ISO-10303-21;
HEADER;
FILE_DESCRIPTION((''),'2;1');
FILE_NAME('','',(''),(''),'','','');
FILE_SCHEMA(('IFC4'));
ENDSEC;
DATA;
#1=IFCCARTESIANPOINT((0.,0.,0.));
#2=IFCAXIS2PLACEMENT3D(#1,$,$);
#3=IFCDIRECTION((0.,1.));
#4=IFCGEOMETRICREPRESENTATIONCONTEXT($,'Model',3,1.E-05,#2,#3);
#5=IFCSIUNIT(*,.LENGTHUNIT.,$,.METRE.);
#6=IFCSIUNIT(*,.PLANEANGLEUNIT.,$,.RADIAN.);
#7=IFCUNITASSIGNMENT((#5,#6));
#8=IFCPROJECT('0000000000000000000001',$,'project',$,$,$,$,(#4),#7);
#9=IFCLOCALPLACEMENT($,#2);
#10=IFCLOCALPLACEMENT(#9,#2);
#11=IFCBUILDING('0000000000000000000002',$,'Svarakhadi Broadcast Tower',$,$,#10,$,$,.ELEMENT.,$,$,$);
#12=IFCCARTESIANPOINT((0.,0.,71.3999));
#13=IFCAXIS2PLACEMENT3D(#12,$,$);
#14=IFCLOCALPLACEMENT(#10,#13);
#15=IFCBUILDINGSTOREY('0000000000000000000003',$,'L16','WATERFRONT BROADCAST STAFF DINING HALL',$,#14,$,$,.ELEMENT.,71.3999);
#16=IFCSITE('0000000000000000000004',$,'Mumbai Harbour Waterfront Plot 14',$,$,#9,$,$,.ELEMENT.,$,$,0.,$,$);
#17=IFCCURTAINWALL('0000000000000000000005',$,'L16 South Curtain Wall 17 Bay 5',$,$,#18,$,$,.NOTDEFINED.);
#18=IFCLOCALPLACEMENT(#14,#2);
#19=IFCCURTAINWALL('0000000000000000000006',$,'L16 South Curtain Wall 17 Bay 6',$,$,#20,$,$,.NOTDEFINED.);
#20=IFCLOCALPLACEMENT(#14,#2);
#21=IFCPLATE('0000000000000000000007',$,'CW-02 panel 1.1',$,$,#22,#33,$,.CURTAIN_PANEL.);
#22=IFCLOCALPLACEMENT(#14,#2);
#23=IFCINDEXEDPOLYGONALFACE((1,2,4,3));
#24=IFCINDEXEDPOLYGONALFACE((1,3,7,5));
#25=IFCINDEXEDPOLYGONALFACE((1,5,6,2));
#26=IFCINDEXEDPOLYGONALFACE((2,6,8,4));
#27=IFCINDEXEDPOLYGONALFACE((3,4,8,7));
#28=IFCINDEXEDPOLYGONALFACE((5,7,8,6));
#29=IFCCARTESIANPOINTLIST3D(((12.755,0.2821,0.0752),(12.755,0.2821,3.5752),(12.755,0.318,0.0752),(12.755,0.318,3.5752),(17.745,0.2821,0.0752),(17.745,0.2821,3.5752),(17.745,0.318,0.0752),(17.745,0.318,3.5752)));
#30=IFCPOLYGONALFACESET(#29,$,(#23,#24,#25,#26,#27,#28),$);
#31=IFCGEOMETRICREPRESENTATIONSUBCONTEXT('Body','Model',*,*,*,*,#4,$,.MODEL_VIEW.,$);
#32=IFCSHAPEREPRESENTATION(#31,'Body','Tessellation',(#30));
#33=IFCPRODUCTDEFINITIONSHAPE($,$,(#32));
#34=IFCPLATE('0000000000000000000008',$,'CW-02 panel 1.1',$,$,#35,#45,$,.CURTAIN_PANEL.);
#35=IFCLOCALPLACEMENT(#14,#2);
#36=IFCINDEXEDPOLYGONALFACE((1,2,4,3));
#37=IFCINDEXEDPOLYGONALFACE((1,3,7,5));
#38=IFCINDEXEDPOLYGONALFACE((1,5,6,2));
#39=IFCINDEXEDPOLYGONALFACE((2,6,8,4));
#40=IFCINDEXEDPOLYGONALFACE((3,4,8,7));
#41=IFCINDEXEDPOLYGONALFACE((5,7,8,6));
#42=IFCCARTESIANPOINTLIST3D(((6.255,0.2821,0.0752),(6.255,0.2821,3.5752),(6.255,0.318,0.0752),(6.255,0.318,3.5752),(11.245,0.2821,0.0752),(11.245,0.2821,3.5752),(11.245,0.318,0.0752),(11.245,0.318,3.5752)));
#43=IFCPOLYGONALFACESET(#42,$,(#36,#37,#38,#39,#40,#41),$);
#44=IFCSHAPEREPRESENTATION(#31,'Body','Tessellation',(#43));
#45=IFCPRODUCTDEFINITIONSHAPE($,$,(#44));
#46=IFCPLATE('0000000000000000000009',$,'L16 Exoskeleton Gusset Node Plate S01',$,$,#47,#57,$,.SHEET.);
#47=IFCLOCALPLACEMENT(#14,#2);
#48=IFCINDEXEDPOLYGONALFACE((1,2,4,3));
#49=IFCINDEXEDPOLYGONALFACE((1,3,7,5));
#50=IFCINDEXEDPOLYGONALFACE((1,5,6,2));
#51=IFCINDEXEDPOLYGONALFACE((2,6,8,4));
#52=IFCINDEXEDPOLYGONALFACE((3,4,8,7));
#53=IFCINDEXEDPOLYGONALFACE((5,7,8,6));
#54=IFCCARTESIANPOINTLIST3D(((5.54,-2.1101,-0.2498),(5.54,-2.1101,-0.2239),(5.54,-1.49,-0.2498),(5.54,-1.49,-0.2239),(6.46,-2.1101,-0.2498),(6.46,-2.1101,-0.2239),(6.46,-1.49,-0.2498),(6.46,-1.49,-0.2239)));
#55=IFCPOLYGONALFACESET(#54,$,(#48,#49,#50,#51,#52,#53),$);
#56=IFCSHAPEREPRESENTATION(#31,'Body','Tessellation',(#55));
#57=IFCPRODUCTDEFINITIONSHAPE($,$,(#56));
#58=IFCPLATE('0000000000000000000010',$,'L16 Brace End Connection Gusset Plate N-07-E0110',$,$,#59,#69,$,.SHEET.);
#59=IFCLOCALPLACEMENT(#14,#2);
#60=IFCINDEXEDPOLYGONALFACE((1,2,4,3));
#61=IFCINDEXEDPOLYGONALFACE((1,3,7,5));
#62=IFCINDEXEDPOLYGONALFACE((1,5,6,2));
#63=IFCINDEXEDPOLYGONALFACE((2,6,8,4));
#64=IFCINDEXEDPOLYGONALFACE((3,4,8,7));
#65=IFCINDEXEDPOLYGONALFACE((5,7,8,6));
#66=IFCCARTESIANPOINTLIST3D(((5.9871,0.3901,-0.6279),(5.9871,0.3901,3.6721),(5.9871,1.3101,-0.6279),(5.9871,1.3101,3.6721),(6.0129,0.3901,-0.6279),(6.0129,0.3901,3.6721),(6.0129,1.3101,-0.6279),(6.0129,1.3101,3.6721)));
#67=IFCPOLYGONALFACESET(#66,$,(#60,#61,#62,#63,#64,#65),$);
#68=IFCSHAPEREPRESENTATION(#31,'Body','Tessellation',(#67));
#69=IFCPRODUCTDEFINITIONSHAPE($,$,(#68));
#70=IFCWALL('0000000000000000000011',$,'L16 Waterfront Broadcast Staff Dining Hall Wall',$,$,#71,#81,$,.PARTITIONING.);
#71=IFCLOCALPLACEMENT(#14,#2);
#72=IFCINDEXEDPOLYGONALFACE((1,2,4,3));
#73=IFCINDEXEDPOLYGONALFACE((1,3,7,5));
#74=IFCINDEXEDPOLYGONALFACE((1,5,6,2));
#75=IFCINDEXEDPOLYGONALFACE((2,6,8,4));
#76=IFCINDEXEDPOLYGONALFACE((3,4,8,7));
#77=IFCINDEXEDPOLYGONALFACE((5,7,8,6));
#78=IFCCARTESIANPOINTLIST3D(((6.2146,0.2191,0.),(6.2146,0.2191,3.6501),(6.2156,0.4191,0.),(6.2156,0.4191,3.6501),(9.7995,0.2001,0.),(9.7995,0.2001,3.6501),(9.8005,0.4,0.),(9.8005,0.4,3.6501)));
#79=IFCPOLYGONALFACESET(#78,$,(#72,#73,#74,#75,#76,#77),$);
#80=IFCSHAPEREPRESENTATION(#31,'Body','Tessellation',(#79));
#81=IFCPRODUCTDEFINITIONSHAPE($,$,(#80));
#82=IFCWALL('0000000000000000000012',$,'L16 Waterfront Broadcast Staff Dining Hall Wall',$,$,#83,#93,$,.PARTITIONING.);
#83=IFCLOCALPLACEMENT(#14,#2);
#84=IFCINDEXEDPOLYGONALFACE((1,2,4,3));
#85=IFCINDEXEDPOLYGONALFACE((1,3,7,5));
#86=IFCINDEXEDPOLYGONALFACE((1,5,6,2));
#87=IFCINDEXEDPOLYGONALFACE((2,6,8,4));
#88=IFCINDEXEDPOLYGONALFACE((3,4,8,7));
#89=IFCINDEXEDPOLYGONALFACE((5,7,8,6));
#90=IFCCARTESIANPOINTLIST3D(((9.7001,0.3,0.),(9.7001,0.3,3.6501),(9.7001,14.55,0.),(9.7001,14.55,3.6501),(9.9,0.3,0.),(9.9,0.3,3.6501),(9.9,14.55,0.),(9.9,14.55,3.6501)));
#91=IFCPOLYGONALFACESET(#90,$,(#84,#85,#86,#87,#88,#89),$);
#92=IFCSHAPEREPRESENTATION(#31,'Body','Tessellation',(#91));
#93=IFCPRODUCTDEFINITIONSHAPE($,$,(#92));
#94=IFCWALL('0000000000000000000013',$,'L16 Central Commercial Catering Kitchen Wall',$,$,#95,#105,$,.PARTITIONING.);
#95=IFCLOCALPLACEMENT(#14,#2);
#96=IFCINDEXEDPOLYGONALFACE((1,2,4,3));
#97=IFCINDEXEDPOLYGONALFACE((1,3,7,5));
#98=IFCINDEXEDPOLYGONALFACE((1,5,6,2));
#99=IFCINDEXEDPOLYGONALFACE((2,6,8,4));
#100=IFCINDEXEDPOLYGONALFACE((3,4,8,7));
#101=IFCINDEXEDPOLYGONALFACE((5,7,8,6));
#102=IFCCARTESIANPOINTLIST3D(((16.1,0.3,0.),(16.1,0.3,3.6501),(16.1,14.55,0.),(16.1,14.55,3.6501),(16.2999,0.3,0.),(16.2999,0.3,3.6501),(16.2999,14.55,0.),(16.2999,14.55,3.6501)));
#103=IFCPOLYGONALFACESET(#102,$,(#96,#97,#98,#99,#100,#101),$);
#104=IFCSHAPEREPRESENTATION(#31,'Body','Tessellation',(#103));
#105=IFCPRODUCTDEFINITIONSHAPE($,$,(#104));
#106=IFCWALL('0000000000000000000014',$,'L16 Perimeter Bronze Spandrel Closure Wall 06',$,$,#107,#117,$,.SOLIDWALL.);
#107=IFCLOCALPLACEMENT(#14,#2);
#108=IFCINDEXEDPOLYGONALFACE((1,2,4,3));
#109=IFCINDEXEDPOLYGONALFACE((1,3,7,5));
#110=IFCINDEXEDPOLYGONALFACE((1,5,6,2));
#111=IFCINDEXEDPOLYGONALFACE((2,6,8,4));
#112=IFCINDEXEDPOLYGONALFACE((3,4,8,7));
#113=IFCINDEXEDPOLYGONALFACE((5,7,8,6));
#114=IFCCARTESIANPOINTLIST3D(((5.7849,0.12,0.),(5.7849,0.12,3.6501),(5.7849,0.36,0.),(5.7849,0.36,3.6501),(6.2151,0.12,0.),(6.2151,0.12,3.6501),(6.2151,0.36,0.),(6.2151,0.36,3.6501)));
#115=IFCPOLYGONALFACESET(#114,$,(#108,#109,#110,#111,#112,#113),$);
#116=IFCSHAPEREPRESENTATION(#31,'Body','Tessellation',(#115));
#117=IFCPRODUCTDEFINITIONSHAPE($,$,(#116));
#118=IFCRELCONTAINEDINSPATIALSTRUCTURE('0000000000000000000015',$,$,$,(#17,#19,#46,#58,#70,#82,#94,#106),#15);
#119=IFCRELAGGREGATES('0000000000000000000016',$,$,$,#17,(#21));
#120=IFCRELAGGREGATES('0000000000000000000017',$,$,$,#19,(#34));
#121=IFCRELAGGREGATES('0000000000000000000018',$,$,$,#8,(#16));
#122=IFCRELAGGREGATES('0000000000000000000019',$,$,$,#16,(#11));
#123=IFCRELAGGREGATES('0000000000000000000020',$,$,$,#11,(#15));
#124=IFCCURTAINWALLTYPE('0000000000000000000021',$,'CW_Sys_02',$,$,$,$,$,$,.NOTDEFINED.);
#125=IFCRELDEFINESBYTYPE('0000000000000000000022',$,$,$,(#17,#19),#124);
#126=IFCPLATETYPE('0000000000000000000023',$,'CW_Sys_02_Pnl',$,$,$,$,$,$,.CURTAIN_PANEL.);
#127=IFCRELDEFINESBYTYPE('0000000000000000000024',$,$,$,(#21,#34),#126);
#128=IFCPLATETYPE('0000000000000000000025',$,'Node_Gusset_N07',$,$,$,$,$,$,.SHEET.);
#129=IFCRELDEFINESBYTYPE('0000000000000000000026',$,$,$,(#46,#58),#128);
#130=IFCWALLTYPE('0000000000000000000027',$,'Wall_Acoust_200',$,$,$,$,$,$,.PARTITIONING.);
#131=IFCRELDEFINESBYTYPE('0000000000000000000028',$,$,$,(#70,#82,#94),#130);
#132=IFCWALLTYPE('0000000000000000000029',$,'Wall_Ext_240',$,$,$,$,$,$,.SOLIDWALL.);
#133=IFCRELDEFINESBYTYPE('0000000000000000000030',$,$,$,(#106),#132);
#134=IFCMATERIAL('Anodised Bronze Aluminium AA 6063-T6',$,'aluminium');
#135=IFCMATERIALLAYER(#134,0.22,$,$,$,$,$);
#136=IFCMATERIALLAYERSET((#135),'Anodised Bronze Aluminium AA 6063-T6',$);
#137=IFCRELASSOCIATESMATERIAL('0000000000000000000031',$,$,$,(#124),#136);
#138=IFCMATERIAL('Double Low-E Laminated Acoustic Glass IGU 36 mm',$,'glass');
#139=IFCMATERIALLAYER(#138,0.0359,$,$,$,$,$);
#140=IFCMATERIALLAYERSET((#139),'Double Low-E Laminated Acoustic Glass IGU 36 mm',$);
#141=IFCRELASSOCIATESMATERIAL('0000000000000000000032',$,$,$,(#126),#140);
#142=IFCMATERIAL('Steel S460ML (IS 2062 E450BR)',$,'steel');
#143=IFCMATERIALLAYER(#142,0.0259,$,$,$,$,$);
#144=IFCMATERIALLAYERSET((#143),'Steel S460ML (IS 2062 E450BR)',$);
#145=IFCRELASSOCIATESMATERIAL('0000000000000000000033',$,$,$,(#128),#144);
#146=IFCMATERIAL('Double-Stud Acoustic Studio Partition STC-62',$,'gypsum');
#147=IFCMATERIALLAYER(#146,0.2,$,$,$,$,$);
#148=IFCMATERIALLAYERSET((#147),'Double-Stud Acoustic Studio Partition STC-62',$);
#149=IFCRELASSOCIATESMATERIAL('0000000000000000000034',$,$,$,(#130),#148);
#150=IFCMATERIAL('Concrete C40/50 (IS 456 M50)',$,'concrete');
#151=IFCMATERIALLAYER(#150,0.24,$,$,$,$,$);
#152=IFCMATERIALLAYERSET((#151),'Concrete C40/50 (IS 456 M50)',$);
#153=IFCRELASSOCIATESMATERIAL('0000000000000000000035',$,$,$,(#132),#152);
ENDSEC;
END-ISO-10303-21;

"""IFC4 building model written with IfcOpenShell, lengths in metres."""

from ifc_helpers import new_model, si_unit, direction, frame, frame_2d, origin, origin_2d, place, context, subcontext, project, spatial, rectangle, extrude, material, layer, layer_set, type_object, element, aggregate, save


model = new_model("IFC4")

# Units and contexts
model_context = context("Model", 3, precision=1e-05, world=origin(), true_north=direction((0.0, 1.0)))
body_context = subcontext(model_context, "Body", "Model", "MODEL_VIEW")
ifc_project = project(units=[si_unit("LENGTHUNIT", "METRE"), si_unit("PLANEANGLEUNIT", "RADIAN")], contexts=[model_context])

# Site, building, storey
site_placement = place(None, origin())
site = spatial("IfcSite", under=ifc_project, at=site_placement, Name="Mumbai Harbour Waterfront Plot 14", CompositionType="ELEMENT", RefElevation=0.0)
building_placement = place(site_placement, origin())
building = spatial("IfcBuilding", under=site, at=building_placement, Name="Svarakhadi Broadcast Tower", CompositionType="ELEMENT")
storey_placement = place(building_placement, frame((0.0, 0.0, 71.3999)))
storey = spatial("IfcBuildingStorey", under=building, at=storey_placement, Name="L16", Description="WATERFRONT BROADCAST STAFF DINING HALL", CompositionType="ELEMENT", Elevation=71.3999)

# Shared definitions
ifc_material_1 = material(Name="Steel S460ML (IS 2062 E450BR)", Category="steel")

# Curtain walls
ifc_material_2 = material(Name="Anodised Bronze Aluminium AA 6063-T6", Category="aluminium")
ifc_layer_1 = layer(ifc_material_2, 0.22)
ifc_layer_set_1 = layer_set([ifc_layer_1], Name="Anodised Bronze Aluminium AA 6063-T6")
curtain_wall_type = type_object("IfcCurtainWallType", Name="CW_Sys_02", PredefinedType="NOTDEFINED", material=ifc_layer_set_1)
curtain_wall_1_placement = place(storey_placement, origin())
curtain_wall_1 = element("IfcCurtainWall", 1, at=curtain_wall_1_placement, inside=storey, type_object=curtain_wall_type, Name="L16 South Curtain Wall 17 Bay 5", PredefinedType="NOTDEFINED")
curtain_wall_2_placement = place(storey_placement, origin())
curtain_wall_2 = element("IfcCurtainWall", 2, at=curtain_wall_2_placement, inside=storey, type_object=curtain_wall_type, Name="L16 South Curtain Wall 17 Bay 6", PredefinedType="NOTDEFINED")

# Plates
ifc_material_3 = material(Name="Double Low-E Laminated Acoustic Glass IGU 36 mm", Category="glass")
ifc_layer_2 = layer(ifc_material_3, 0.0359)
ifc_layer_set_2 = layer_set([ifc_layer_2], Name="Double Low-E Laminated Acoustic Glass IGU 36 mm")
plate_type_1 = type_object("IfcPlateType", Name="CW_Sys_02_Pnl", PredefinedType="CURTAIN_PANEL", material=ifc_layer_set_2)
plate_1_placement = place(storey_placement, frame((15.25, 0.3, 0.0752), z_axis=(0.0, 0.0, 1.0), x_axis=(-1.0, 0.0, 0.0)))
plate_1 = element("IfcPlate", 3, at=plate_1_placement, type_object=plate_type_1, Name="CW-02 panel 1.1", PredefinedType="CURTAIN_PANEL", context=body_context, shape_type="SweptSolid", body=[
    extrude(rectangle(XDim=4.99, YDim=0.0359, at=origin_2d()), origin(), (0.0, 0.0, 1.0), 3.5),
])
aggregate(curtain_wall_1, [plate_1])
plate_2_placement = place(storey_placement, frame((8.75, 0.3, 0.0752), z_axis=(0.0, 0.0, 1.0), x_axis=(-1.0, 0.0, 0.0)))
plate_2 = element("IfcPlate", 4, at=plate_2_placement, type_object=plate_type_1, Name="CW-02 panel 1.1", PredefinedType="CURTAIN_PANEL", context=body_context, shape_type="SweptSolid", body=[
    extrude(rectangle(XDim=4.99, YDim=0.0359, at=origin_2d()), origin(), (0.0, 0.0, 1.0), 3.5),
])
aggregate(curtain_wall_2, [plate_2])

# Plates
ifc_layer_3 = layer(ifc_material_1, 0.0259)
ifc_layer_set_3 = layer_set([ifc_layer_3], Name="Steel S460ML (IS 2062 E450BR)")
plate_type_2 = type_object("IfcPlateType", Name="Node_Gusset_N07", PredefinedType="SHEET", material=ifc_layer_set_3)
plate_3_placement = place(storey_placement, frame((6.0, -1.8, -0.2498), z_axis=(0.0, 0.0, 1.0), x_axis=(1.0, 0.0, 0.0)))
element("IfcPlate", 5, at=plate_3_placement, inside=storey, type_object=plate_type_2, Name="L16 Exoskeleton Gusset Node Plate S01", PredefinedType="SHEET", context=body_context, shape_type="SweptSolid", body=[
    extrude(rectangle(XDim=0.9199, YDim=0.6201, at=origin_2d()), origin(), (0.0, 0.0, 1.0), 0.0259),
])
plate_4_placement = place(storey_placement, frame((6.0, 0.8501, -0.6279), z_axis=(0.0, 0.0, 1.0), x_axis=(0.0, 1.0, 0.0)))
element("IfcPlate", 6, at=plate_4_placement, inside=storey, type_object=plate_type_2, Name="L16 Brace End Connection Gusset Plate N-07-E0110", PredefinedType="SHEET", context=body_context, shape_type="SweptSolid", body=[
    extrude(rectangle(XDim=0.9199, YDim=0.0259, at=origin_2d()), origin(), (0.0, 0.0, 1.0), 4.3),
])

# Walls
ifc_material_4 = material(Name="Double-Stud Acoustic Studio Partition STC-62", Category="gypsum")
ifc_layer_4 = layer(ifc_material_4, 0.2)
ifc_layer_set_4 = layer_set([ifc_layer_4], Name="Double-Stud Acoustic Studio Partition STC-62")
wall_type_1 = type_object("IfcWallType", Name="Wall_Acoust_200", PredefinedType="PARTITIONING", material=ifc_layer_set_4)
wall_1_placement = place(storey_placement, frame((6.2151, 0.3191, 0.0), z_axis=(0.0, 0.0, 1.0), x_axis=(0.999986, -0.005312, 0.0)))
element("IfcWall", 7, at=wall_1_placement, inside=storey, type_object=wall_type_1, Name="L16 Waterfront Broadcast Staff Dining Hall Wall", PredefinedType="PARTITIONING", context=body_context, shape_type="SweptSolid", body=[
    extrude(rectangle(XDim=3.585, YDim=0.2, at=frame_2d((1.7925, 0.0))), origin(), (0.0, 0.0, 1.0), 3.6501),
])
for number, where, z_axis, x_axis, name in (
    (8, (9.8, 0.3, 0.0), (0.0, 0.0, 1.0), (0.0, 1.0, 0.0), "L16 Waterfront Broadcast Staff Dining Hall Wall"),
    (9, (16.2, 0.3, 0.0), (0.0, 0.0, 1.0), (0.0, 1.0, 0.0), "L16 Central Commercial Catering Kitchen Wall"),
):
    element("IfcWall", number, at=place(storey_placement, frame(where, z_axis=z_axis, x_axis=x_axis)), inside=storey, type_object=wall_type_1, Name=name, PredefinedType="PARTITIONING", context=body_context, shape_type="SweptSolid", body=[
        extrude(rectangle(XDim=14.25, YDim=0.2, at=frame_2d((7.125, 0.0))), origin(), (0.0, 0.0, 1.0), 3.6501),
    ])
ifc_material_5 = material(Name="Concrete C40/50 (IS 456 M50)", Category="concrete")
ifc_layer_5 = layer(ifc_material_5, 0.24)
ifc_layer_set_5 = layer_set([ifc_layer_5], Name="Concrete C40/50 (IS 456 M50)")
wall_type_2 = type_object("IfcWallType", Name="Wall_Ext_240", PredefinedType="SOLIDWALL", material=ifc_layer_set_5)
wall_2_placement = place(storey_placement, frame((6.2151, 0.24, 0.0), z_axis=(0.0, 0.0, 1.0), x_axis=(-1.0, 0.0, 0.0)))
element("IfcWall", 10, at=wall_2_placement, inside=storey, type_object=wall_type_2, Name="L16 Perimeter Bronze Spandrel Closure Wall 06", PredefinedType="SOLIDWALL", context=body_context, shape_type="SweptSolid", body=[
    extrude(rectangle(XDim=0.4302, YDim=0.24, at=frame_2d((0.2151, 0.0))), origin(), (0.0, 0.0, 1.0), 3.6501),
])

save(model, "model.ifc")
